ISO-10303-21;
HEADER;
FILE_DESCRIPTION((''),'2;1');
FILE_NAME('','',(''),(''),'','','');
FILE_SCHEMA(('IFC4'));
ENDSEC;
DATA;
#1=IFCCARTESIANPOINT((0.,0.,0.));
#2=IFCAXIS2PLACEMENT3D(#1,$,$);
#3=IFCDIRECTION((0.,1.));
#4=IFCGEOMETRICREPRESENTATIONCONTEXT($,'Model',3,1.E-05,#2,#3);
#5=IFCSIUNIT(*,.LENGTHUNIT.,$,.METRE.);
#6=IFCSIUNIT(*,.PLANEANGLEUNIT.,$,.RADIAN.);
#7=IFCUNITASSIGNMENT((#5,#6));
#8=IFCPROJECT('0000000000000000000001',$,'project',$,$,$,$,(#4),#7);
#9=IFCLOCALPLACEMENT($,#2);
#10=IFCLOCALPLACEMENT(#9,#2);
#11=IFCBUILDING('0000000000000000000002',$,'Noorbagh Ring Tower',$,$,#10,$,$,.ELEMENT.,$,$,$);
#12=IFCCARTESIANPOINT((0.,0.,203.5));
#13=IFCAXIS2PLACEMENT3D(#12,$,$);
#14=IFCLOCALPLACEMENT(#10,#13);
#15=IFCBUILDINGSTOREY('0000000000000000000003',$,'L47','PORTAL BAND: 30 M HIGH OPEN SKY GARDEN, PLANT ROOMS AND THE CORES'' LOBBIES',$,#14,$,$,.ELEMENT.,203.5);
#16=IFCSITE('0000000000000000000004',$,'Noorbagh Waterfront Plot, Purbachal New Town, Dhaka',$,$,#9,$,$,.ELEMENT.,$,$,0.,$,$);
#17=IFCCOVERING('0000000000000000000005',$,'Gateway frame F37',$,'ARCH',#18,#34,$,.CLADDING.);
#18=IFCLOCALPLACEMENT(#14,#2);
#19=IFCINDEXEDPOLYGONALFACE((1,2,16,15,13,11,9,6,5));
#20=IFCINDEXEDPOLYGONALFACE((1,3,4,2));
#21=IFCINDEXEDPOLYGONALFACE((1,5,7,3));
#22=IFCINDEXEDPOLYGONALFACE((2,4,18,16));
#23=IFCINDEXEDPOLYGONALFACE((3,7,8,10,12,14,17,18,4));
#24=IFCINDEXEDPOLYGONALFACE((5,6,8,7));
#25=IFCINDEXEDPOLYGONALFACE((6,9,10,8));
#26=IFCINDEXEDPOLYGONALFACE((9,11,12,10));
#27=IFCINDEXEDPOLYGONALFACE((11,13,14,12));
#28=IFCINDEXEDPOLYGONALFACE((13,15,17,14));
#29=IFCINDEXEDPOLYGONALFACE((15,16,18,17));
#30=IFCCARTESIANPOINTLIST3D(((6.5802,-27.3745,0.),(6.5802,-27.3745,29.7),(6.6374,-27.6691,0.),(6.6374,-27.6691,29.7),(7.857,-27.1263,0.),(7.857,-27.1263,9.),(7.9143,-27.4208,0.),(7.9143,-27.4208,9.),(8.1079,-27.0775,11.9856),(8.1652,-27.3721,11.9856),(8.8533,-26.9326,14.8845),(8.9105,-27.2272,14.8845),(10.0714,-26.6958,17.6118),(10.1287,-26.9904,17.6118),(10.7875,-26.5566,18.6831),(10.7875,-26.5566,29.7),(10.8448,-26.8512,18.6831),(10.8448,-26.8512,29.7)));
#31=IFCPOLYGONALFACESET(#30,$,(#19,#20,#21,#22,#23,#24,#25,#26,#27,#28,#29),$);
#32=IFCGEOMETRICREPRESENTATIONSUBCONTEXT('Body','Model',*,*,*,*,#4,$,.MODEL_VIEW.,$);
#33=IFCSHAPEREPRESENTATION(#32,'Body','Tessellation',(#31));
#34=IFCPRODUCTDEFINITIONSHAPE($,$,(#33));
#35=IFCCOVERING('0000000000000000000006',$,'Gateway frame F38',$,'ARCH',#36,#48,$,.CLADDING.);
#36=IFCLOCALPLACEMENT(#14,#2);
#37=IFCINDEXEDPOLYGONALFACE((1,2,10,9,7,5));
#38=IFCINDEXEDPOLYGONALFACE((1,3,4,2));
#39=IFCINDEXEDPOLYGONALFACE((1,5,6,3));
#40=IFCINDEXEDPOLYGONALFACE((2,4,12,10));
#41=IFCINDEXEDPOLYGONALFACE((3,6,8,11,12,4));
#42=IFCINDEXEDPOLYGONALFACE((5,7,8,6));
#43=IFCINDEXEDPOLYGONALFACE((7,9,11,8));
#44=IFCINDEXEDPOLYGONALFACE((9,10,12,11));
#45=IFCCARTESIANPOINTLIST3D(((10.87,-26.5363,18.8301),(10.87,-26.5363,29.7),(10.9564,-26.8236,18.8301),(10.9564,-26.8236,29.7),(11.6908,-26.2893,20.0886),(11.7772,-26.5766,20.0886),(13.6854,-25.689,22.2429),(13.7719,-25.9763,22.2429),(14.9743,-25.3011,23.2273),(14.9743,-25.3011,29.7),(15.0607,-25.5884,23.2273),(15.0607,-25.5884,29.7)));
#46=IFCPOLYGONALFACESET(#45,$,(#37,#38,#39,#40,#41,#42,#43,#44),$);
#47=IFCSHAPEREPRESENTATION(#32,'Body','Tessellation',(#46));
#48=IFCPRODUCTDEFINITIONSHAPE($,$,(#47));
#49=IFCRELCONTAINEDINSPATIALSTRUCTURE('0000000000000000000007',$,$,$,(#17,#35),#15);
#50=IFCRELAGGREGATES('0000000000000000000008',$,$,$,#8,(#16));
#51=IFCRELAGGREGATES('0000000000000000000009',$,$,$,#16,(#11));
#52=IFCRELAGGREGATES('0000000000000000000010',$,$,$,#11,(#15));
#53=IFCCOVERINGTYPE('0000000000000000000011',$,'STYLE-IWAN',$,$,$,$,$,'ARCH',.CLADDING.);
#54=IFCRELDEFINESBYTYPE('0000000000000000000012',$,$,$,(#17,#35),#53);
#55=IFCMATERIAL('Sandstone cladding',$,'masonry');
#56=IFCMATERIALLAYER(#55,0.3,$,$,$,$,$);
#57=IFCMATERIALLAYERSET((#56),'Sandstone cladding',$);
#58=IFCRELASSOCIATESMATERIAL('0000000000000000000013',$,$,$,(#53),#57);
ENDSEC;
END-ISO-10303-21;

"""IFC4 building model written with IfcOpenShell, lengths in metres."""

from ifc_helpers import new_model, si_unit, direction, frame, origin, place, context, subcontext, project, spatial, polyline, outline, extrude, material, layer, layer_set, type_object, element, save


model = new_model("IFC4")

# Units and contexts
model_context = context("Model", 3, precision=1e-05, world=origin(), true_north=direction((0.0, 1.0)))
body_context = subcontext(model_context, "Body", "Model", "MODEL_VIEW")
ifc_project = project(units=[si_unit("LENGTHUNIT", "METRE"), si_unit("PLANEANGLEUNIT", "RADIAN")], contexts=[model_context])

# Site, building, storey
site_placement = place(None, origin())
site = spatial("IfcSite", under=ifc_project, at=site_placement, Name="Noorbagh Waterfront Plot, Purbachal New Town, Dhaka", CompositionType="ELEMENT", RefElevation=0.0)
building_placement = place(site_placement, origin())
building = spatial("IfcBuilding", under=site, at=building_placement, Name="Noorbagh Ring Tower", CompositionType="ELEMENT")
storey_placement = place(building_placement, frame((0.0, 0.0, 203.5)))
storey = spatial("IfcBuildingStorey", under=building, at=storey_placement, Name="L47", Description="PORTAL BAND: 30 M HIGH OPEN SKY GARDEN, PLANT ROOMS AND THE CORES' LOBBIES", CompositionType="ELEMENT", Elevation=203.5)

# Coverings
ifc_material_1 = material(Name="Sandstone cladding", Category="masonry")
ifc_layer_1 = layer(ifc_material_1, 0.3)
ifc_layer_set_1 = layer_set([ifc_layer_1], Name="Sandstone cladding")
covering_type = type_object("IfcCoveringType", Name="STYLE-IWAN", ElementType="ARCH", PredefinedType="CLADDING", material=ifc_layer_set_1)
covering_1_placement = place(storey_placement, frame((8.6838, -26.9656, 0.0), z_axis=(0.19082, -0.981625, 0.0), x_axis=(0.981625, 0.19082, 0.0)))
element("IfcCovering", 1, at=covering_1_placement, inside=storey, type_object=covering_type, Name="Gateway frame F37", ObjectType="ARCH", PredefinedType="CLADDING", context=body_context, shape_type="SweptSolid", body=[
    extrude(outline(polyline([(-2.1431, 0.0), (-0.8423, 0.0), (-0.8423, 9.0), (-0.5867, 11.9856), (0.1726, 14.8845), (1.4136, 17.6118), (2.1431, 18.6831), (2.1431, 29.7), (-2.1431, 29.7), (-2.1431, 0.0)])), origin(), (0.0, 0.0, 1.0), 0.3),
])
covering_2_placement = place(storey_placement, frame((12.9221, -25.9187, 0.0), z_axis=(0.288174, -0.957578, 0.0), x_axis=(0.957578, 0.288174, 0.0)))
element("IfcCovering", 2, at=covering_2_placement, inside=storey, type_object=covering_type, Name="Gateway frame F38", ObjectType="ARCH", PredefinedType="CLADDING", context=body_context, shape_type="SweptSolid", body=[
    extrude(outline(polyline([(-2.1431, 29.7), (-2.1431, 18.8301), (-1.2859, 20.0886), (0.7971, 22.2429), (2.1431, 23.2273), (2.1431, 29.7), (-2.1431, 29.7)])), origin(), (0.0, 0.0, 1.0), 0.3),
])

save(model, "model.ifc")
